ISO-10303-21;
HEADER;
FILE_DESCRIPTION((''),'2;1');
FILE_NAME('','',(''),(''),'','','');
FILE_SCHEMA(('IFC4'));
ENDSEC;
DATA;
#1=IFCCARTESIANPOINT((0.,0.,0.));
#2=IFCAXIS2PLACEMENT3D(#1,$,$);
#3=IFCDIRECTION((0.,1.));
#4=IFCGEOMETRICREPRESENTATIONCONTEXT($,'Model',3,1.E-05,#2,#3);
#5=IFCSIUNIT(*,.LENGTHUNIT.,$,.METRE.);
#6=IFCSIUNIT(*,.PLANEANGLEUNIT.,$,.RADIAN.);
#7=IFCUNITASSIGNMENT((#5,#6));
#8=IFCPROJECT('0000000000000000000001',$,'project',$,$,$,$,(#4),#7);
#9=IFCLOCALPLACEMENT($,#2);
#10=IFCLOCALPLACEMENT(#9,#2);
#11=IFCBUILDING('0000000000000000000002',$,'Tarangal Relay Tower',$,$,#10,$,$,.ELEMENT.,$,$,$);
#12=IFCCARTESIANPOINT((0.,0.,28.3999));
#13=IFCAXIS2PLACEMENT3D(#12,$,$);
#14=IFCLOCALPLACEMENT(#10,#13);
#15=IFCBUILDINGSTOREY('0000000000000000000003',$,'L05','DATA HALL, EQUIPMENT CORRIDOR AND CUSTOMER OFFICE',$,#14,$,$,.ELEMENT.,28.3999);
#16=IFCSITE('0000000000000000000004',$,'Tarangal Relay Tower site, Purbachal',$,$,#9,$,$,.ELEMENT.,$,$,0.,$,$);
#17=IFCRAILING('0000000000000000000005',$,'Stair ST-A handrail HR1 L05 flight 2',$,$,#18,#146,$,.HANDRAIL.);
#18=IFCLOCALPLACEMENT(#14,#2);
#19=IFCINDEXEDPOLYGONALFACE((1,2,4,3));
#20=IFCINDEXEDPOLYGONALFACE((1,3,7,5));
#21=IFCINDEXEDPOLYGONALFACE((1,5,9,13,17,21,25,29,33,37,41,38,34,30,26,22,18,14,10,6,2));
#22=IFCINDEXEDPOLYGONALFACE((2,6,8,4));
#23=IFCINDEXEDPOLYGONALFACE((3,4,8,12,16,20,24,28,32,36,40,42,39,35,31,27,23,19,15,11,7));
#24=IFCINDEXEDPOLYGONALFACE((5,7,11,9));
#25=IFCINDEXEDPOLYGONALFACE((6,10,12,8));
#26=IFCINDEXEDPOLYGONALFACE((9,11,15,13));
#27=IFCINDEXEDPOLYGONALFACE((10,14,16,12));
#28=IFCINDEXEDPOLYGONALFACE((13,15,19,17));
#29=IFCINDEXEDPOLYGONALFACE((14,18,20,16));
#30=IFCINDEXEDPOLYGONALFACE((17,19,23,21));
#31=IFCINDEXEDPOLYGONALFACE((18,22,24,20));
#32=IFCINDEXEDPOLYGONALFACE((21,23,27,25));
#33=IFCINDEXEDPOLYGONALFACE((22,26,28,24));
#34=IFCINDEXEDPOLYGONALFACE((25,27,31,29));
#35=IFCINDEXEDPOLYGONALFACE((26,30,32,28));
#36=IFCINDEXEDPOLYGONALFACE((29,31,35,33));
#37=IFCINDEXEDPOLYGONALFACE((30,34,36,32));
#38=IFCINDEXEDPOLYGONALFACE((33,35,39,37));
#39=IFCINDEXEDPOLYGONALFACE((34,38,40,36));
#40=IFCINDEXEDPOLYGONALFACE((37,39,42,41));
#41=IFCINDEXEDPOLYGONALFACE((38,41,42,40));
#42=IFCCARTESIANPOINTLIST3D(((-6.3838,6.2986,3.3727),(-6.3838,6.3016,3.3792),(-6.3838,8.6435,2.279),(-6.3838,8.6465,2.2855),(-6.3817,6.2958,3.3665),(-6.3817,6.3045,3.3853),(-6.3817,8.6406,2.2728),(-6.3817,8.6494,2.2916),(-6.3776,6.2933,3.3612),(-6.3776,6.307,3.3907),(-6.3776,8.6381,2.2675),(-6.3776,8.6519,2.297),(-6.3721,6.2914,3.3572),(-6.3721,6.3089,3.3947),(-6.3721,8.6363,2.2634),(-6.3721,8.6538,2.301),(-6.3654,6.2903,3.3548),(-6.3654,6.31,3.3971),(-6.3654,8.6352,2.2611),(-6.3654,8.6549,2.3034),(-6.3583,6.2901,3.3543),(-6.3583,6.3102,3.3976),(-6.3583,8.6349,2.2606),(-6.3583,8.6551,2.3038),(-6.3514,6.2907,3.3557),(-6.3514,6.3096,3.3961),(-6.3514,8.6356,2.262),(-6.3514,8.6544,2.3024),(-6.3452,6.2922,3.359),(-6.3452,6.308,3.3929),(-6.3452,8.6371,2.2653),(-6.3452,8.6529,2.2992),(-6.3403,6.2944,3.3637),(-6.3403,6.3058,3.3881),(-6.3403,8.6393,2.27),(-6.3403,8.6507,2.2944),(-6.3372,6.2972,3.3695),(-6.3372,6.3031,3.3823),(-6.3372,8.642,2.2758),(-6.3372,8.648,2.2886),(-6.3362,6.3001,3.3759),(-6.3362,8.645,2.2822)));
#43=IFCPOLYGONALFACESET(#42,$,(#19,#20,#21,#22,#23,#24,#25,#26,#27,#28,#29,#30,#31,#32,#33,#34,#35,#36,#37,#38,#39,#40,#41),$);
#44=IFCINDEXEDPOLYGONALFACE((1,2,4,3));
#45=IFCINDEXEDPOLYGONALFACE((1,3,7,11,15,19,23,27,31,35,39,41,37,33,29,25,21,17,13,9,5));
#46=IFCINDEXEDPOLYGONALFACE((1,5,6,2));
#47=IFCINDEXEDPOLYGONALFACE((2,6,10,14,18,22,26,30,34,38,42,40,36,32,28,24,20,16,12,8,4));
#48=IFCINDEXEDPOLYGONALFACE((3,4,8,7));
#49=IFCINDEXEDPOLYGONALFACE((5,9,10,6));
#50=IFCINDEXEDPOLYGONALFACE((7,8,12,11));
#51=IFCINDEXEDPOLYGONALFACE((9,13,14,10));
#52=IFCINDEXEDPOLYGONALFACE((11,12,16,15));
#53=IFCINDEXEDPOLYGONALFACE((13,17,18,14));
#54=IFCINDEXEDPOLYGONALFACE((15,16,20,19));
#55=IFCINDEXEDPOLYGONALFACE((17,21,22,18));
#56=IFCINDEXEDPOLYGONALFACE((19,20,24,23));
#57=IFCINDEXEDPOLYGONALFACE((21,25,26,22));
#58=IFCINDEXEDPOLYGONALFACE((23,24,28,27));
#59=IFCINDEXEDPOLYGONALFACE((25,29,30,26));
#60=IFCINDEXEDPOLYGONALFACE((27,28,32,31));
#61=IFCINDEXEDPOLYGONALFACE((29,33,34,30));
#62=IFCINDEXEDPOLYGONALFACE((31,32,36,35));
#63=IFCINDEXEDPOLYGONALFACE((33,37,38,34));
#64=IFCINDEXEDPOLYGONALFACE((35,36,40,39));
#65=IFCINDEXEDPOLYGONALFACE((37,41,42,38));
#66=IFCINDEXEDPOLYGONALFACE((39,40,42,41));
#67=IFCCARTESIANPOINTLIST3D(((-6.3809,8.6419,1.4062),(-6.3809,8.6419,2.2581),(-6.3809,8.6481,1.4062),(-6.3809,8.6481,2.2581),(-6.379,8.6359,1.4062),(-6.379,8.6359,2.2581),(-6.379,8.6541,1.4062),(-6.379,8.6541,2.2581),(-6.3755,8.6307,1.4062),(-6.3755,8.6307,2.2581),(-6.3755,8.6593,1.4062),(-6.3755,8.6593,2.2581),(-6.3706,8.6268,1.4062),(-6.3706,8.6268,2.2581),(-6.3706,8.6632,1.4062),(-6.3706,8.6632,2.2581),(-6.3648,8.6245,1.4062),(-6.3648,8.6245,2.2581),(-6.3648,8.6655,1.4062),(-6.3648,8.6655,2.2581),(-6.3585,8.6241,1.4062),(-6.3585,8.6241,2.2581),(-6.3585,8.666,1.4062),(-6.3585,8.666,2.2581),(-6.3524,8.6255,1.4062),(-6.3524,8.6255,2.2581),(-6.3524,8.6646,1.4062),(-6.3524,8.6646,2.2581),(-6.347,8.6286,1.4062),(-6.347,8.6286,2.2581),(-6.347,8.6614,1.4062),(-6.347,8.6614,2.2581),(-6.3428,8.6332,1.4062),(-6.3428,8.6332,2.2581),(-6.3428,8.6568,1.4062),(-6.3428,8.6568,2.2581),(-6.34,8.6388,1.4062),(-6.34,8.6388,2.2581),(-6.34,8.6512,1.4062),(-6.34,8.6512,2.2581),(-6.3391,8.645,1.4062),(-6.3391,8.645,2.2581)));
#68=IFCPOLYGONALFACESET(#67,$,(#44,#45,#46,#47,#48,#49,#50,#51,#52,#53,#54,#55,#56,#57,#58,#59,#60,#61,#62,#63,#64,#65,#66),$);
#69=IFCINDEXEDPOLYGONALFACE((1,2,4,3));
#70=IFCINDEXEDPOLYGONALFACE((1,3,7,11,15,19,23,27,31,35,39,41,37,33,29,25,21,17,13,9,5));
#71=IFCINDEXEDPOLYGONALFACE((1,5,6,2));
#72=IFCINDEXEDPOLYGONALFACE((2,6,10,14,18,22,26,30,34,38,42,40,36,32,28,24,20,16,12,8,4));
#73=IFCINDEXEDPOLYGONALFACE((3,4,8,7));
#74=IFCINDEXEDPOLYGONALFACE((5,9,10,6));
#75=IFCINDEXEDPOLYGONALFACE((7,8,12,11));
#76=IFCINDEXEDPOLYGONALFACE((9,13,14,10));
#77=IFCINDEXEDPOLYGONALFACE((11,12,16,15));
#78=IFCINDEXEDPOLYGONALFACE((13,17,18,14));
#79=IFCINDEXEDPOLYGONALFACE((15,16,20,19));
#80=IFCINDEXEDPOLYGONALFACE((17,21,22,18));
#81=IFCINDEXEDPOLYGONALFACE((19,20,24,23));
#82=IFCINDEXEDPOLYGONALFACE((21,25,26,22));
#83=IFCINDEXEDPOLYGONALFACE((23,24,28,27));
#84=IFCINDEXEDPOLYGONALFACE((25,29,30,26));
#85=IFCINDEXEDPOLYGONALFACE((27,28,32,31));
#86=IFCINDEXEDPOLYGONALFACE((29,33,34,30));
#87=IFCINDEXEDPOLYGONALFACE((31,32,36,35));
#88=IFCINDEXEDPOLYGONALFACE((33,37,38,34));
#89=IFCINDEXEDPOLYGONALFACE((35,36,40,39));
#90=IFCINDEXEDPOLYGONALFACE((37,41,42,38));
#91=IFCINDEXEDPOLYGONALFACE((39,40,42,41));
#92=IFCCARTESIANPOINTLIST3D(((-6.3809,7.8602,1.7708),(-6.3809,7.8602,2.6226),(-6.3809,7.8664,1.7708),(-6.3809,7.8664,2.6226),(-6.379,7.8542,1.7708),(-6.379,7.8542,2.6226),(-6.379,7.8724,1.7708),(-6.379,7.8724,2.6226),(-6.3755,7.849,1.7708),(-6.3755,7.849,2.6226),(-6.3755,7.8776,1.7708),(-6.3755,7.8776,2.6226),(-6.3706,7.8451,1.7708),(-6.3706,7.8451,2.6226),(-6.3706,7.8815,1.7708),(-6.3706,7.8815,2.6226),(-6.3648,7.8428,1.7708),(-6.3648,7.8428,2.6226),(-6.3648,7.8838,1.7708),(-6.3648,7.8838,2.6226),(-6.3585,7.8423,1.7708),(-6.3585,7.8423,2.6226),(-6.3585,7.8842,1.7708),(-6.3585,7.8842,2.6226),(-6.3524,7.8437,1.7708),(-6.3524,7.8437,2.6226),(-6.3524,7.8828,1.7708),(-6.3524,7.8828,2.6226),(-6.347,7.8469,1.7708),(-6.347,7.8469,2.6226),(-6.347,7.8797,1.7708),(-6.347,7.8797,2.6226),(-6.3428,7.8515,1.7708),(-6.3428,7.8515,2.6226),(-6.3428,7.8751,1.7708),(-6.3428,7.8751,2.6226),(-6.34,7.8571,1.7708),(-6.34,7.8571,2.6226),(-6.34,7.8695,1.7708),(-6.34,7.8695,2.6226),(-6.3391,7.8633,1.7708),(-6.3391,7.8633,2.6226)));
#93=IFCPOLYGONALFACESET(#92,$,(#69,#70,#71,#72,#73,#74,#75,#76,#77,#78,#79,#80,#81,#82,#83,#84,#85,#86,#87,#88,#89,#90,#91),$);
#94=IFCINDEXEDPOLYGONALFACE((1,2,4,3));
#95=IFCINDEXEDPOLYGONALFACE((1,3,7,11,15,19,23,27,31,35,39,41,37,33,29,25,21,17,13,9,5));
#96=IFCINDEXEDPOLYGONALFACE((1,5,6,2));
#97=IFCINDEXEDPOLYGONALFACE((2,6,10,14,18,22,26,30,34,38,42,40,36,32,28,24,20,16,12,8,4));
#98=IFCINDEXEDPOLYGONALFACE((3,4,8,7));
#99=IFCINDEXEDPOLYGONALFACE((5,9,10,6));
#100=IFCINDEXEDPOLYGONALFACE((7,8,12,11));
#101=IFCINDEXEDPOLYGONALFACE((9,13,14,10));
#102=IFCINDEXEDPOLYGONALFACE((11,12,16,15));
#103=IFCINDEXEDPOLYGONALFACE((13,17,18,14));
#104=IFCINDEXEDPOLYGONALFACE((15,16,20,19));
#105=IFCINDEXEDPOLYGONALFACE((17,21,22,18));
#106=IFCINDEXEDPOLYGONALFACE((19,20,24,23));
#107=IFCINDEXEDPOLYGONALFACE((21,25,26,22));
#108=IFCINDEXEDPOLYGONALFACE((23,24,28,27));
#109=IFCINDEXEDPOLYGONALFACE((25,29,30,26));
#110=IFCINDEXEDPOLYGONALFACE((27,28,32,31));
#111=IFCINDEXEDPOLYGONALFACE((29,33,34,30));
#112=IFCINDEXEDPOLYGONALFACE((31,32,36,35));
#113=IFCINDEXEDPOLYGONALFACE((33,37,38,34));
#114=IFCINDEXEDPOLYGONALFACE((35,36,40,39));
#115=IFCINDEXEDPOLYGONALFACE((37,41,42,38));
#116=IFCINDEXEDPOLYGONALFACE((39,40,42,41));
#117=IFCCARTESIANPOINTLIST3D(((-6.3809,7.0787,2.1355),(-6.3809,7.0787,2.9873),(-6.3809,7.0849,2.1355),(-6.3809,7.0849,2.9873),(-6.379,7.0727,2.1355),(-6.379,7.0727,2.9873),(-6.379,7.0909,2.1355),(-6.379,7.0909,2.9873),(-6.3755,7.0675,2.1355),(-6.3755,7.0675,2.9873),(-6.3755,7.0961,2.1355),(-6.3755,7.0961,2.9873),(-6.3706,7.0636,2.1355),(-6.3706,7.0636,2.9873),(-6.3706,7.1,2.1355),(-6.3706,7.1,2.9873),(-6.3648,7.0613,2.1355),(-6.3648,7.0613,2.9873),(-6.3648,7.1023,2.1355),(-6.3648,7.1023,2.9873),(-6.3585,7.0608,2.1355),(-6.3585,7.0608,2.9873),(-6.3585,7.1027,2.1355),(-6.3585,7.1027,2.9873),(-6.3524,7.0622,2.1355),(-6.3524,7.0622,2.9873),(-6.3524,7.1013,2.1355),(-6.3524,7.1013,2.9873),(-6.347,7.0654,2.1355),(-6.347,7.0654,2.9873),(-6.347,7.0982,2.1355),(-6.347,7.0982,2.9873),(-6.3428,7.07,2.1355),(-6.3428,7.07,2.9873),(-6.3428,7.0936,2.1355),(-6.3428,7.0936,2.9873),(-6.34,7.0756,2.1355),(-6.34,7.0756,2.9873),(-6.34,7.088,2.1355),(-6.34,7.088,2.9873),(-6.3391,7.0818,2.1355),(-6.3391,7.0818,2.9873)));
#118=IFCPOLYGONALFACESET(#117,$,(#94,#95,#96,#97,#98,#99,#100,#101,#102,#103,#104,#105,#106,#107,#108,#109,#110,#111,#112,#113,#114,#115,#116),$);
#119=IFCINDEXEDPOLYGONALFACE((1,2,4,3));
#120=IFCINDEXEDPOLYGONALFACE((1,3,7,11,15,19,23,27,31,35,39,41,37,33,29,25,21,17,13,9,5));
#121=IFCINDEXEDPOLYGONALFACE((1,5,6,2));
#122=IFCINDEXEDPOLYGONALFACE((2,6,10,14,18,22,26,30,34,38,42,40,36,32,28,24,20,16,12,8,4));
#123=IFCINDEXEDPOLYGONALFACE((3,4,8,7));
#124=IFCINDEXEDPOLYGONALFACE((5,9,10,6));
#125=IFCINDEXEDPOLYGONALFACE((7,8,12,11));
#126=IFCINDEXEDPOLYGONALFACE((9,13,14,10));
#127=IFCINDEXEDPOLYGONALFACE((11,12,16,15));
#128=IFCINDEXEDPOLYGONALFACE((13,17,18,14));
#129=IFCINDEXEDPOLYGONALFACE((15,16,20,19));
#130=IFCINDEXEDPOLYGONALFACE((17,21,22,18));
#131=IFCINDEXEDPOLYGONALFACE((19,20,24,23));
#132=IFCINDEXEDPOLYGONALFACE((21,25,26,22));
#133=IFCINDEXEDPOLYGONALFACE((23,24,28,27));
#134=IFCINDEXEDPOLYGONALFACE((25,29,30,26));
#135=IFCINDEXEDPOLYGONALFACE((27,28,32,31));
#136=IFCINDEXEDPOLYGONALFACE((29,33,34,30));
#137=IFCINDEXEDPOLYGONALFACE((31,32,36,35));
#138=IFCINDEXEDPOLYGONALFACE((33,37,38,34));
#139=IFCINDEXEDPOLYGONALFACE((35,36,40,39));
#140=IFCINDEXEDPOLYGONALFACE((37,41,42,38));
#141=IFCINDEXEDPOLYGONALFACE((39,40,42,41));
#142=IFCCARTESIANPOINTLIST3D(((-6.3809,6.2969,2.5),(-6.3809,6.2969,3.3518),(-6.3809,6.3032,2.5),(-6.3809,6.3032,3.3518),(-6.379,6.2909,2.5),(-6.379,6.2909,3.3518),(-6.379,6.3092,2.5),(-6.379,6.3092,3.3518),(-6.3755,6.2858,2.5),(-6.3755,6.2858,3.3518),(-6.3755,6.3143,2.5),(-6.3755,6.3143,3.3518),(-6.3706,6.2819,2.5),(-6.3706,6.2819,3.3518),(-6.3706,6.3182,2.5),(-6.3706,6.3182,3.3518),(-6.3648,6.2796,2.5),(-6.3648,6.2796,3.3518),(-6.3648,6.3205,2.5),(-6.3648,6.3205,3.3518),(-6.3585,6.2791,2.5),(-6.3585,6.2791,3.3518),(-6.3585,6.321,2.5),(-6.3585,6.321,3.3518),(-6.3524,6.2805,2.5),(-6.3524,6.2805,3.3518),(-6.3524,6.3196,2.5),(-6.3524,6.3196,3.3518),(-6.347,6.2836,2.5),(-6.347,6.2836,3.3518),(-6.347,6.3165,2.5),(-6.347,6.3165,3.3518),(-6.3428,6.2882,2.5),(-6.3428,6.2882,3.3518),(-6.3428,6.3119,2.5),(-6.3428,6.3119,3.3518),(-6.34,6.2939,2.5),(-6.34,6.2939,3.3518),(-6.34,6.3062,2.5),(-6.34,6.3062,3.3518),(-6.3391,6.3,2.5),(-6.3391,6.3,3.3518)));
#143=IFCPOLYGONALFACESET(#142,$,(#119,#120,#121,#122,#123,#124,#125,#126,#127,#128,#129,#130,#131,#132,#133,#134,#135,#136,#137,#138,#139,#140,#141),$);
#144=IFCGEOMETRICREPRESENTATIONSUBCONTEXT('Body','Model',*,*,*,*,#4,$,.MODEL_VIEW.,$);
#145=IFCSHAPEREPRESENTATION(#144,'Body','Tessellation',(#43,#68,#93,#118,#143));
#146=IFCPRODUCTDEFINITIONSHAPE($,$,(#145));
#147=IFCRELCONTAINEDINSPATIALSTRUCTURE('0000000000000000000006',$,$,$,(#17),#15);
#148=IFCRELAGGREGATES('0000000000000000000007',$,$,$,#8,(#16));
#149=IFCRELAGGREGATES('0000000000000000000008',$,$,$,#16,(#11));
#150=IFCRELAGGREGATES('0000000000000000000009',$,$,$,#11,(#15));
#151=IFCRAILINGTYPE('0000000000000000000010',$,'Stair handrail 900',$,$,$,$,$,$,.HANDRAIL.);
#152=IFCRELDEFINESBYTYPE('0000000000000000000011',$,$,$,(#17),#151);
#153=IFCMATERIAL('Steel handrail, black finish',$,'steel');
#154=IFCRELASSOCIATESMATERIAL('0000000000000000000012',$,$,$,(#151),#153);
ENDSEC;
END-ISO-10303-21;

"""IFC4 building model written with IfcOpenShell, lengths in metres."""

from ifc_helpers import new_model, si_unit, direction, frame, origin, origin_2d, place, context, subcontext, project, spatial, circle, extrude, material, type_object, element, save


model = new_model("IFC4")

# Units and contexts
model_context = context("Model", 3, precision=1e-05, world=origin(), true_north=direction((0.0, 1.0)))
body_context = subcontext(model_context, "Body", "Model", "MODEL_VIEW")
ifc_project = project(units=[si_unit("LENGTHUNIT", "METRE"), si_unit("PLANEANGLEUNIT", "RADIAN")], contexts=[model_context])

# Site, building, storey
site_placement = place(None, origin())
site = spatial("IfcSite", under=ifc_project, at=site_placement, Name="Tarangal Relay Tower site, Purbachal", CompositionType="ELEMENT", RefElevation=0.0)
building_placement = place(site_placement, origin())
building = spatial("IfcBuilding", under=site, at=building_placement, Name="Tarangal Relay Tower", CompositionType="ELEMENT")
storey_placement = place(building_placement, frame((0.0, 0.0, 28.3999)))
storey = spatial("IfcBuildingStorey", under=building, at=storey_placement, Name="L05", Description="DATA HALL, EQUIPMENT CORRIDOR AND CUSTOMER OFFICE", CompositionType="ELEMENT", Elevation=28.3999)

# Railing
ifc_material_1 = material(Name="Steel handrail, black finish", Category="steel")
railing_type_1 = type_object("IfcRailingType", Name="Stair handrail 900", PredefinedType="HANDRAIL", material=ifc_material_1)
for number, where, name in (
    (1, (-6.3601, 8.645, 1.4062), "Stair ST-A handrail HR1 L05 flight 2"),
):
    element("IfcRailing", number, at=place(storey_placement, frame(where)), inside=storey, type_object=railing_type_1, Name=name, PredefinedType="HANDRAIL", context=body_context, shape_type="SweptSolid", body=[
        extrude(circle(Radius=0.0239, at=origin_2d()), frame((0.0, 0.0, 0.876), z_axis=(0.0, -0.906267, 0.422705), x_axis=(1.0, 0.0, 0.0)), (0.0, 0.0, 1.0), 2.5874),
        extrude(circle(Radius=0.021, at=origin_2d()), origin(), (0.0, 0.0, 1.0), 0.8518),
        extrude(circle(Radius=0.021, at=origin_2d()), frame((0.0, -0.7817, 0.3645)), (0.0, 0.0, 1.0), 0.8518),
        extrude(circle(Radius=0.021, at=origin_2d()), frame((0.0, -1.5632, 0.7292)), (0.0, 0.0, 1.0), 0.8518),
        extrude(circle(Radius=0.021, at=origin_2d()), frame((0.0, -2.345, 1.0938)), (0.0, 0.0, 1.0), 0.8518),
    ])

save(model, "model.ifc")
